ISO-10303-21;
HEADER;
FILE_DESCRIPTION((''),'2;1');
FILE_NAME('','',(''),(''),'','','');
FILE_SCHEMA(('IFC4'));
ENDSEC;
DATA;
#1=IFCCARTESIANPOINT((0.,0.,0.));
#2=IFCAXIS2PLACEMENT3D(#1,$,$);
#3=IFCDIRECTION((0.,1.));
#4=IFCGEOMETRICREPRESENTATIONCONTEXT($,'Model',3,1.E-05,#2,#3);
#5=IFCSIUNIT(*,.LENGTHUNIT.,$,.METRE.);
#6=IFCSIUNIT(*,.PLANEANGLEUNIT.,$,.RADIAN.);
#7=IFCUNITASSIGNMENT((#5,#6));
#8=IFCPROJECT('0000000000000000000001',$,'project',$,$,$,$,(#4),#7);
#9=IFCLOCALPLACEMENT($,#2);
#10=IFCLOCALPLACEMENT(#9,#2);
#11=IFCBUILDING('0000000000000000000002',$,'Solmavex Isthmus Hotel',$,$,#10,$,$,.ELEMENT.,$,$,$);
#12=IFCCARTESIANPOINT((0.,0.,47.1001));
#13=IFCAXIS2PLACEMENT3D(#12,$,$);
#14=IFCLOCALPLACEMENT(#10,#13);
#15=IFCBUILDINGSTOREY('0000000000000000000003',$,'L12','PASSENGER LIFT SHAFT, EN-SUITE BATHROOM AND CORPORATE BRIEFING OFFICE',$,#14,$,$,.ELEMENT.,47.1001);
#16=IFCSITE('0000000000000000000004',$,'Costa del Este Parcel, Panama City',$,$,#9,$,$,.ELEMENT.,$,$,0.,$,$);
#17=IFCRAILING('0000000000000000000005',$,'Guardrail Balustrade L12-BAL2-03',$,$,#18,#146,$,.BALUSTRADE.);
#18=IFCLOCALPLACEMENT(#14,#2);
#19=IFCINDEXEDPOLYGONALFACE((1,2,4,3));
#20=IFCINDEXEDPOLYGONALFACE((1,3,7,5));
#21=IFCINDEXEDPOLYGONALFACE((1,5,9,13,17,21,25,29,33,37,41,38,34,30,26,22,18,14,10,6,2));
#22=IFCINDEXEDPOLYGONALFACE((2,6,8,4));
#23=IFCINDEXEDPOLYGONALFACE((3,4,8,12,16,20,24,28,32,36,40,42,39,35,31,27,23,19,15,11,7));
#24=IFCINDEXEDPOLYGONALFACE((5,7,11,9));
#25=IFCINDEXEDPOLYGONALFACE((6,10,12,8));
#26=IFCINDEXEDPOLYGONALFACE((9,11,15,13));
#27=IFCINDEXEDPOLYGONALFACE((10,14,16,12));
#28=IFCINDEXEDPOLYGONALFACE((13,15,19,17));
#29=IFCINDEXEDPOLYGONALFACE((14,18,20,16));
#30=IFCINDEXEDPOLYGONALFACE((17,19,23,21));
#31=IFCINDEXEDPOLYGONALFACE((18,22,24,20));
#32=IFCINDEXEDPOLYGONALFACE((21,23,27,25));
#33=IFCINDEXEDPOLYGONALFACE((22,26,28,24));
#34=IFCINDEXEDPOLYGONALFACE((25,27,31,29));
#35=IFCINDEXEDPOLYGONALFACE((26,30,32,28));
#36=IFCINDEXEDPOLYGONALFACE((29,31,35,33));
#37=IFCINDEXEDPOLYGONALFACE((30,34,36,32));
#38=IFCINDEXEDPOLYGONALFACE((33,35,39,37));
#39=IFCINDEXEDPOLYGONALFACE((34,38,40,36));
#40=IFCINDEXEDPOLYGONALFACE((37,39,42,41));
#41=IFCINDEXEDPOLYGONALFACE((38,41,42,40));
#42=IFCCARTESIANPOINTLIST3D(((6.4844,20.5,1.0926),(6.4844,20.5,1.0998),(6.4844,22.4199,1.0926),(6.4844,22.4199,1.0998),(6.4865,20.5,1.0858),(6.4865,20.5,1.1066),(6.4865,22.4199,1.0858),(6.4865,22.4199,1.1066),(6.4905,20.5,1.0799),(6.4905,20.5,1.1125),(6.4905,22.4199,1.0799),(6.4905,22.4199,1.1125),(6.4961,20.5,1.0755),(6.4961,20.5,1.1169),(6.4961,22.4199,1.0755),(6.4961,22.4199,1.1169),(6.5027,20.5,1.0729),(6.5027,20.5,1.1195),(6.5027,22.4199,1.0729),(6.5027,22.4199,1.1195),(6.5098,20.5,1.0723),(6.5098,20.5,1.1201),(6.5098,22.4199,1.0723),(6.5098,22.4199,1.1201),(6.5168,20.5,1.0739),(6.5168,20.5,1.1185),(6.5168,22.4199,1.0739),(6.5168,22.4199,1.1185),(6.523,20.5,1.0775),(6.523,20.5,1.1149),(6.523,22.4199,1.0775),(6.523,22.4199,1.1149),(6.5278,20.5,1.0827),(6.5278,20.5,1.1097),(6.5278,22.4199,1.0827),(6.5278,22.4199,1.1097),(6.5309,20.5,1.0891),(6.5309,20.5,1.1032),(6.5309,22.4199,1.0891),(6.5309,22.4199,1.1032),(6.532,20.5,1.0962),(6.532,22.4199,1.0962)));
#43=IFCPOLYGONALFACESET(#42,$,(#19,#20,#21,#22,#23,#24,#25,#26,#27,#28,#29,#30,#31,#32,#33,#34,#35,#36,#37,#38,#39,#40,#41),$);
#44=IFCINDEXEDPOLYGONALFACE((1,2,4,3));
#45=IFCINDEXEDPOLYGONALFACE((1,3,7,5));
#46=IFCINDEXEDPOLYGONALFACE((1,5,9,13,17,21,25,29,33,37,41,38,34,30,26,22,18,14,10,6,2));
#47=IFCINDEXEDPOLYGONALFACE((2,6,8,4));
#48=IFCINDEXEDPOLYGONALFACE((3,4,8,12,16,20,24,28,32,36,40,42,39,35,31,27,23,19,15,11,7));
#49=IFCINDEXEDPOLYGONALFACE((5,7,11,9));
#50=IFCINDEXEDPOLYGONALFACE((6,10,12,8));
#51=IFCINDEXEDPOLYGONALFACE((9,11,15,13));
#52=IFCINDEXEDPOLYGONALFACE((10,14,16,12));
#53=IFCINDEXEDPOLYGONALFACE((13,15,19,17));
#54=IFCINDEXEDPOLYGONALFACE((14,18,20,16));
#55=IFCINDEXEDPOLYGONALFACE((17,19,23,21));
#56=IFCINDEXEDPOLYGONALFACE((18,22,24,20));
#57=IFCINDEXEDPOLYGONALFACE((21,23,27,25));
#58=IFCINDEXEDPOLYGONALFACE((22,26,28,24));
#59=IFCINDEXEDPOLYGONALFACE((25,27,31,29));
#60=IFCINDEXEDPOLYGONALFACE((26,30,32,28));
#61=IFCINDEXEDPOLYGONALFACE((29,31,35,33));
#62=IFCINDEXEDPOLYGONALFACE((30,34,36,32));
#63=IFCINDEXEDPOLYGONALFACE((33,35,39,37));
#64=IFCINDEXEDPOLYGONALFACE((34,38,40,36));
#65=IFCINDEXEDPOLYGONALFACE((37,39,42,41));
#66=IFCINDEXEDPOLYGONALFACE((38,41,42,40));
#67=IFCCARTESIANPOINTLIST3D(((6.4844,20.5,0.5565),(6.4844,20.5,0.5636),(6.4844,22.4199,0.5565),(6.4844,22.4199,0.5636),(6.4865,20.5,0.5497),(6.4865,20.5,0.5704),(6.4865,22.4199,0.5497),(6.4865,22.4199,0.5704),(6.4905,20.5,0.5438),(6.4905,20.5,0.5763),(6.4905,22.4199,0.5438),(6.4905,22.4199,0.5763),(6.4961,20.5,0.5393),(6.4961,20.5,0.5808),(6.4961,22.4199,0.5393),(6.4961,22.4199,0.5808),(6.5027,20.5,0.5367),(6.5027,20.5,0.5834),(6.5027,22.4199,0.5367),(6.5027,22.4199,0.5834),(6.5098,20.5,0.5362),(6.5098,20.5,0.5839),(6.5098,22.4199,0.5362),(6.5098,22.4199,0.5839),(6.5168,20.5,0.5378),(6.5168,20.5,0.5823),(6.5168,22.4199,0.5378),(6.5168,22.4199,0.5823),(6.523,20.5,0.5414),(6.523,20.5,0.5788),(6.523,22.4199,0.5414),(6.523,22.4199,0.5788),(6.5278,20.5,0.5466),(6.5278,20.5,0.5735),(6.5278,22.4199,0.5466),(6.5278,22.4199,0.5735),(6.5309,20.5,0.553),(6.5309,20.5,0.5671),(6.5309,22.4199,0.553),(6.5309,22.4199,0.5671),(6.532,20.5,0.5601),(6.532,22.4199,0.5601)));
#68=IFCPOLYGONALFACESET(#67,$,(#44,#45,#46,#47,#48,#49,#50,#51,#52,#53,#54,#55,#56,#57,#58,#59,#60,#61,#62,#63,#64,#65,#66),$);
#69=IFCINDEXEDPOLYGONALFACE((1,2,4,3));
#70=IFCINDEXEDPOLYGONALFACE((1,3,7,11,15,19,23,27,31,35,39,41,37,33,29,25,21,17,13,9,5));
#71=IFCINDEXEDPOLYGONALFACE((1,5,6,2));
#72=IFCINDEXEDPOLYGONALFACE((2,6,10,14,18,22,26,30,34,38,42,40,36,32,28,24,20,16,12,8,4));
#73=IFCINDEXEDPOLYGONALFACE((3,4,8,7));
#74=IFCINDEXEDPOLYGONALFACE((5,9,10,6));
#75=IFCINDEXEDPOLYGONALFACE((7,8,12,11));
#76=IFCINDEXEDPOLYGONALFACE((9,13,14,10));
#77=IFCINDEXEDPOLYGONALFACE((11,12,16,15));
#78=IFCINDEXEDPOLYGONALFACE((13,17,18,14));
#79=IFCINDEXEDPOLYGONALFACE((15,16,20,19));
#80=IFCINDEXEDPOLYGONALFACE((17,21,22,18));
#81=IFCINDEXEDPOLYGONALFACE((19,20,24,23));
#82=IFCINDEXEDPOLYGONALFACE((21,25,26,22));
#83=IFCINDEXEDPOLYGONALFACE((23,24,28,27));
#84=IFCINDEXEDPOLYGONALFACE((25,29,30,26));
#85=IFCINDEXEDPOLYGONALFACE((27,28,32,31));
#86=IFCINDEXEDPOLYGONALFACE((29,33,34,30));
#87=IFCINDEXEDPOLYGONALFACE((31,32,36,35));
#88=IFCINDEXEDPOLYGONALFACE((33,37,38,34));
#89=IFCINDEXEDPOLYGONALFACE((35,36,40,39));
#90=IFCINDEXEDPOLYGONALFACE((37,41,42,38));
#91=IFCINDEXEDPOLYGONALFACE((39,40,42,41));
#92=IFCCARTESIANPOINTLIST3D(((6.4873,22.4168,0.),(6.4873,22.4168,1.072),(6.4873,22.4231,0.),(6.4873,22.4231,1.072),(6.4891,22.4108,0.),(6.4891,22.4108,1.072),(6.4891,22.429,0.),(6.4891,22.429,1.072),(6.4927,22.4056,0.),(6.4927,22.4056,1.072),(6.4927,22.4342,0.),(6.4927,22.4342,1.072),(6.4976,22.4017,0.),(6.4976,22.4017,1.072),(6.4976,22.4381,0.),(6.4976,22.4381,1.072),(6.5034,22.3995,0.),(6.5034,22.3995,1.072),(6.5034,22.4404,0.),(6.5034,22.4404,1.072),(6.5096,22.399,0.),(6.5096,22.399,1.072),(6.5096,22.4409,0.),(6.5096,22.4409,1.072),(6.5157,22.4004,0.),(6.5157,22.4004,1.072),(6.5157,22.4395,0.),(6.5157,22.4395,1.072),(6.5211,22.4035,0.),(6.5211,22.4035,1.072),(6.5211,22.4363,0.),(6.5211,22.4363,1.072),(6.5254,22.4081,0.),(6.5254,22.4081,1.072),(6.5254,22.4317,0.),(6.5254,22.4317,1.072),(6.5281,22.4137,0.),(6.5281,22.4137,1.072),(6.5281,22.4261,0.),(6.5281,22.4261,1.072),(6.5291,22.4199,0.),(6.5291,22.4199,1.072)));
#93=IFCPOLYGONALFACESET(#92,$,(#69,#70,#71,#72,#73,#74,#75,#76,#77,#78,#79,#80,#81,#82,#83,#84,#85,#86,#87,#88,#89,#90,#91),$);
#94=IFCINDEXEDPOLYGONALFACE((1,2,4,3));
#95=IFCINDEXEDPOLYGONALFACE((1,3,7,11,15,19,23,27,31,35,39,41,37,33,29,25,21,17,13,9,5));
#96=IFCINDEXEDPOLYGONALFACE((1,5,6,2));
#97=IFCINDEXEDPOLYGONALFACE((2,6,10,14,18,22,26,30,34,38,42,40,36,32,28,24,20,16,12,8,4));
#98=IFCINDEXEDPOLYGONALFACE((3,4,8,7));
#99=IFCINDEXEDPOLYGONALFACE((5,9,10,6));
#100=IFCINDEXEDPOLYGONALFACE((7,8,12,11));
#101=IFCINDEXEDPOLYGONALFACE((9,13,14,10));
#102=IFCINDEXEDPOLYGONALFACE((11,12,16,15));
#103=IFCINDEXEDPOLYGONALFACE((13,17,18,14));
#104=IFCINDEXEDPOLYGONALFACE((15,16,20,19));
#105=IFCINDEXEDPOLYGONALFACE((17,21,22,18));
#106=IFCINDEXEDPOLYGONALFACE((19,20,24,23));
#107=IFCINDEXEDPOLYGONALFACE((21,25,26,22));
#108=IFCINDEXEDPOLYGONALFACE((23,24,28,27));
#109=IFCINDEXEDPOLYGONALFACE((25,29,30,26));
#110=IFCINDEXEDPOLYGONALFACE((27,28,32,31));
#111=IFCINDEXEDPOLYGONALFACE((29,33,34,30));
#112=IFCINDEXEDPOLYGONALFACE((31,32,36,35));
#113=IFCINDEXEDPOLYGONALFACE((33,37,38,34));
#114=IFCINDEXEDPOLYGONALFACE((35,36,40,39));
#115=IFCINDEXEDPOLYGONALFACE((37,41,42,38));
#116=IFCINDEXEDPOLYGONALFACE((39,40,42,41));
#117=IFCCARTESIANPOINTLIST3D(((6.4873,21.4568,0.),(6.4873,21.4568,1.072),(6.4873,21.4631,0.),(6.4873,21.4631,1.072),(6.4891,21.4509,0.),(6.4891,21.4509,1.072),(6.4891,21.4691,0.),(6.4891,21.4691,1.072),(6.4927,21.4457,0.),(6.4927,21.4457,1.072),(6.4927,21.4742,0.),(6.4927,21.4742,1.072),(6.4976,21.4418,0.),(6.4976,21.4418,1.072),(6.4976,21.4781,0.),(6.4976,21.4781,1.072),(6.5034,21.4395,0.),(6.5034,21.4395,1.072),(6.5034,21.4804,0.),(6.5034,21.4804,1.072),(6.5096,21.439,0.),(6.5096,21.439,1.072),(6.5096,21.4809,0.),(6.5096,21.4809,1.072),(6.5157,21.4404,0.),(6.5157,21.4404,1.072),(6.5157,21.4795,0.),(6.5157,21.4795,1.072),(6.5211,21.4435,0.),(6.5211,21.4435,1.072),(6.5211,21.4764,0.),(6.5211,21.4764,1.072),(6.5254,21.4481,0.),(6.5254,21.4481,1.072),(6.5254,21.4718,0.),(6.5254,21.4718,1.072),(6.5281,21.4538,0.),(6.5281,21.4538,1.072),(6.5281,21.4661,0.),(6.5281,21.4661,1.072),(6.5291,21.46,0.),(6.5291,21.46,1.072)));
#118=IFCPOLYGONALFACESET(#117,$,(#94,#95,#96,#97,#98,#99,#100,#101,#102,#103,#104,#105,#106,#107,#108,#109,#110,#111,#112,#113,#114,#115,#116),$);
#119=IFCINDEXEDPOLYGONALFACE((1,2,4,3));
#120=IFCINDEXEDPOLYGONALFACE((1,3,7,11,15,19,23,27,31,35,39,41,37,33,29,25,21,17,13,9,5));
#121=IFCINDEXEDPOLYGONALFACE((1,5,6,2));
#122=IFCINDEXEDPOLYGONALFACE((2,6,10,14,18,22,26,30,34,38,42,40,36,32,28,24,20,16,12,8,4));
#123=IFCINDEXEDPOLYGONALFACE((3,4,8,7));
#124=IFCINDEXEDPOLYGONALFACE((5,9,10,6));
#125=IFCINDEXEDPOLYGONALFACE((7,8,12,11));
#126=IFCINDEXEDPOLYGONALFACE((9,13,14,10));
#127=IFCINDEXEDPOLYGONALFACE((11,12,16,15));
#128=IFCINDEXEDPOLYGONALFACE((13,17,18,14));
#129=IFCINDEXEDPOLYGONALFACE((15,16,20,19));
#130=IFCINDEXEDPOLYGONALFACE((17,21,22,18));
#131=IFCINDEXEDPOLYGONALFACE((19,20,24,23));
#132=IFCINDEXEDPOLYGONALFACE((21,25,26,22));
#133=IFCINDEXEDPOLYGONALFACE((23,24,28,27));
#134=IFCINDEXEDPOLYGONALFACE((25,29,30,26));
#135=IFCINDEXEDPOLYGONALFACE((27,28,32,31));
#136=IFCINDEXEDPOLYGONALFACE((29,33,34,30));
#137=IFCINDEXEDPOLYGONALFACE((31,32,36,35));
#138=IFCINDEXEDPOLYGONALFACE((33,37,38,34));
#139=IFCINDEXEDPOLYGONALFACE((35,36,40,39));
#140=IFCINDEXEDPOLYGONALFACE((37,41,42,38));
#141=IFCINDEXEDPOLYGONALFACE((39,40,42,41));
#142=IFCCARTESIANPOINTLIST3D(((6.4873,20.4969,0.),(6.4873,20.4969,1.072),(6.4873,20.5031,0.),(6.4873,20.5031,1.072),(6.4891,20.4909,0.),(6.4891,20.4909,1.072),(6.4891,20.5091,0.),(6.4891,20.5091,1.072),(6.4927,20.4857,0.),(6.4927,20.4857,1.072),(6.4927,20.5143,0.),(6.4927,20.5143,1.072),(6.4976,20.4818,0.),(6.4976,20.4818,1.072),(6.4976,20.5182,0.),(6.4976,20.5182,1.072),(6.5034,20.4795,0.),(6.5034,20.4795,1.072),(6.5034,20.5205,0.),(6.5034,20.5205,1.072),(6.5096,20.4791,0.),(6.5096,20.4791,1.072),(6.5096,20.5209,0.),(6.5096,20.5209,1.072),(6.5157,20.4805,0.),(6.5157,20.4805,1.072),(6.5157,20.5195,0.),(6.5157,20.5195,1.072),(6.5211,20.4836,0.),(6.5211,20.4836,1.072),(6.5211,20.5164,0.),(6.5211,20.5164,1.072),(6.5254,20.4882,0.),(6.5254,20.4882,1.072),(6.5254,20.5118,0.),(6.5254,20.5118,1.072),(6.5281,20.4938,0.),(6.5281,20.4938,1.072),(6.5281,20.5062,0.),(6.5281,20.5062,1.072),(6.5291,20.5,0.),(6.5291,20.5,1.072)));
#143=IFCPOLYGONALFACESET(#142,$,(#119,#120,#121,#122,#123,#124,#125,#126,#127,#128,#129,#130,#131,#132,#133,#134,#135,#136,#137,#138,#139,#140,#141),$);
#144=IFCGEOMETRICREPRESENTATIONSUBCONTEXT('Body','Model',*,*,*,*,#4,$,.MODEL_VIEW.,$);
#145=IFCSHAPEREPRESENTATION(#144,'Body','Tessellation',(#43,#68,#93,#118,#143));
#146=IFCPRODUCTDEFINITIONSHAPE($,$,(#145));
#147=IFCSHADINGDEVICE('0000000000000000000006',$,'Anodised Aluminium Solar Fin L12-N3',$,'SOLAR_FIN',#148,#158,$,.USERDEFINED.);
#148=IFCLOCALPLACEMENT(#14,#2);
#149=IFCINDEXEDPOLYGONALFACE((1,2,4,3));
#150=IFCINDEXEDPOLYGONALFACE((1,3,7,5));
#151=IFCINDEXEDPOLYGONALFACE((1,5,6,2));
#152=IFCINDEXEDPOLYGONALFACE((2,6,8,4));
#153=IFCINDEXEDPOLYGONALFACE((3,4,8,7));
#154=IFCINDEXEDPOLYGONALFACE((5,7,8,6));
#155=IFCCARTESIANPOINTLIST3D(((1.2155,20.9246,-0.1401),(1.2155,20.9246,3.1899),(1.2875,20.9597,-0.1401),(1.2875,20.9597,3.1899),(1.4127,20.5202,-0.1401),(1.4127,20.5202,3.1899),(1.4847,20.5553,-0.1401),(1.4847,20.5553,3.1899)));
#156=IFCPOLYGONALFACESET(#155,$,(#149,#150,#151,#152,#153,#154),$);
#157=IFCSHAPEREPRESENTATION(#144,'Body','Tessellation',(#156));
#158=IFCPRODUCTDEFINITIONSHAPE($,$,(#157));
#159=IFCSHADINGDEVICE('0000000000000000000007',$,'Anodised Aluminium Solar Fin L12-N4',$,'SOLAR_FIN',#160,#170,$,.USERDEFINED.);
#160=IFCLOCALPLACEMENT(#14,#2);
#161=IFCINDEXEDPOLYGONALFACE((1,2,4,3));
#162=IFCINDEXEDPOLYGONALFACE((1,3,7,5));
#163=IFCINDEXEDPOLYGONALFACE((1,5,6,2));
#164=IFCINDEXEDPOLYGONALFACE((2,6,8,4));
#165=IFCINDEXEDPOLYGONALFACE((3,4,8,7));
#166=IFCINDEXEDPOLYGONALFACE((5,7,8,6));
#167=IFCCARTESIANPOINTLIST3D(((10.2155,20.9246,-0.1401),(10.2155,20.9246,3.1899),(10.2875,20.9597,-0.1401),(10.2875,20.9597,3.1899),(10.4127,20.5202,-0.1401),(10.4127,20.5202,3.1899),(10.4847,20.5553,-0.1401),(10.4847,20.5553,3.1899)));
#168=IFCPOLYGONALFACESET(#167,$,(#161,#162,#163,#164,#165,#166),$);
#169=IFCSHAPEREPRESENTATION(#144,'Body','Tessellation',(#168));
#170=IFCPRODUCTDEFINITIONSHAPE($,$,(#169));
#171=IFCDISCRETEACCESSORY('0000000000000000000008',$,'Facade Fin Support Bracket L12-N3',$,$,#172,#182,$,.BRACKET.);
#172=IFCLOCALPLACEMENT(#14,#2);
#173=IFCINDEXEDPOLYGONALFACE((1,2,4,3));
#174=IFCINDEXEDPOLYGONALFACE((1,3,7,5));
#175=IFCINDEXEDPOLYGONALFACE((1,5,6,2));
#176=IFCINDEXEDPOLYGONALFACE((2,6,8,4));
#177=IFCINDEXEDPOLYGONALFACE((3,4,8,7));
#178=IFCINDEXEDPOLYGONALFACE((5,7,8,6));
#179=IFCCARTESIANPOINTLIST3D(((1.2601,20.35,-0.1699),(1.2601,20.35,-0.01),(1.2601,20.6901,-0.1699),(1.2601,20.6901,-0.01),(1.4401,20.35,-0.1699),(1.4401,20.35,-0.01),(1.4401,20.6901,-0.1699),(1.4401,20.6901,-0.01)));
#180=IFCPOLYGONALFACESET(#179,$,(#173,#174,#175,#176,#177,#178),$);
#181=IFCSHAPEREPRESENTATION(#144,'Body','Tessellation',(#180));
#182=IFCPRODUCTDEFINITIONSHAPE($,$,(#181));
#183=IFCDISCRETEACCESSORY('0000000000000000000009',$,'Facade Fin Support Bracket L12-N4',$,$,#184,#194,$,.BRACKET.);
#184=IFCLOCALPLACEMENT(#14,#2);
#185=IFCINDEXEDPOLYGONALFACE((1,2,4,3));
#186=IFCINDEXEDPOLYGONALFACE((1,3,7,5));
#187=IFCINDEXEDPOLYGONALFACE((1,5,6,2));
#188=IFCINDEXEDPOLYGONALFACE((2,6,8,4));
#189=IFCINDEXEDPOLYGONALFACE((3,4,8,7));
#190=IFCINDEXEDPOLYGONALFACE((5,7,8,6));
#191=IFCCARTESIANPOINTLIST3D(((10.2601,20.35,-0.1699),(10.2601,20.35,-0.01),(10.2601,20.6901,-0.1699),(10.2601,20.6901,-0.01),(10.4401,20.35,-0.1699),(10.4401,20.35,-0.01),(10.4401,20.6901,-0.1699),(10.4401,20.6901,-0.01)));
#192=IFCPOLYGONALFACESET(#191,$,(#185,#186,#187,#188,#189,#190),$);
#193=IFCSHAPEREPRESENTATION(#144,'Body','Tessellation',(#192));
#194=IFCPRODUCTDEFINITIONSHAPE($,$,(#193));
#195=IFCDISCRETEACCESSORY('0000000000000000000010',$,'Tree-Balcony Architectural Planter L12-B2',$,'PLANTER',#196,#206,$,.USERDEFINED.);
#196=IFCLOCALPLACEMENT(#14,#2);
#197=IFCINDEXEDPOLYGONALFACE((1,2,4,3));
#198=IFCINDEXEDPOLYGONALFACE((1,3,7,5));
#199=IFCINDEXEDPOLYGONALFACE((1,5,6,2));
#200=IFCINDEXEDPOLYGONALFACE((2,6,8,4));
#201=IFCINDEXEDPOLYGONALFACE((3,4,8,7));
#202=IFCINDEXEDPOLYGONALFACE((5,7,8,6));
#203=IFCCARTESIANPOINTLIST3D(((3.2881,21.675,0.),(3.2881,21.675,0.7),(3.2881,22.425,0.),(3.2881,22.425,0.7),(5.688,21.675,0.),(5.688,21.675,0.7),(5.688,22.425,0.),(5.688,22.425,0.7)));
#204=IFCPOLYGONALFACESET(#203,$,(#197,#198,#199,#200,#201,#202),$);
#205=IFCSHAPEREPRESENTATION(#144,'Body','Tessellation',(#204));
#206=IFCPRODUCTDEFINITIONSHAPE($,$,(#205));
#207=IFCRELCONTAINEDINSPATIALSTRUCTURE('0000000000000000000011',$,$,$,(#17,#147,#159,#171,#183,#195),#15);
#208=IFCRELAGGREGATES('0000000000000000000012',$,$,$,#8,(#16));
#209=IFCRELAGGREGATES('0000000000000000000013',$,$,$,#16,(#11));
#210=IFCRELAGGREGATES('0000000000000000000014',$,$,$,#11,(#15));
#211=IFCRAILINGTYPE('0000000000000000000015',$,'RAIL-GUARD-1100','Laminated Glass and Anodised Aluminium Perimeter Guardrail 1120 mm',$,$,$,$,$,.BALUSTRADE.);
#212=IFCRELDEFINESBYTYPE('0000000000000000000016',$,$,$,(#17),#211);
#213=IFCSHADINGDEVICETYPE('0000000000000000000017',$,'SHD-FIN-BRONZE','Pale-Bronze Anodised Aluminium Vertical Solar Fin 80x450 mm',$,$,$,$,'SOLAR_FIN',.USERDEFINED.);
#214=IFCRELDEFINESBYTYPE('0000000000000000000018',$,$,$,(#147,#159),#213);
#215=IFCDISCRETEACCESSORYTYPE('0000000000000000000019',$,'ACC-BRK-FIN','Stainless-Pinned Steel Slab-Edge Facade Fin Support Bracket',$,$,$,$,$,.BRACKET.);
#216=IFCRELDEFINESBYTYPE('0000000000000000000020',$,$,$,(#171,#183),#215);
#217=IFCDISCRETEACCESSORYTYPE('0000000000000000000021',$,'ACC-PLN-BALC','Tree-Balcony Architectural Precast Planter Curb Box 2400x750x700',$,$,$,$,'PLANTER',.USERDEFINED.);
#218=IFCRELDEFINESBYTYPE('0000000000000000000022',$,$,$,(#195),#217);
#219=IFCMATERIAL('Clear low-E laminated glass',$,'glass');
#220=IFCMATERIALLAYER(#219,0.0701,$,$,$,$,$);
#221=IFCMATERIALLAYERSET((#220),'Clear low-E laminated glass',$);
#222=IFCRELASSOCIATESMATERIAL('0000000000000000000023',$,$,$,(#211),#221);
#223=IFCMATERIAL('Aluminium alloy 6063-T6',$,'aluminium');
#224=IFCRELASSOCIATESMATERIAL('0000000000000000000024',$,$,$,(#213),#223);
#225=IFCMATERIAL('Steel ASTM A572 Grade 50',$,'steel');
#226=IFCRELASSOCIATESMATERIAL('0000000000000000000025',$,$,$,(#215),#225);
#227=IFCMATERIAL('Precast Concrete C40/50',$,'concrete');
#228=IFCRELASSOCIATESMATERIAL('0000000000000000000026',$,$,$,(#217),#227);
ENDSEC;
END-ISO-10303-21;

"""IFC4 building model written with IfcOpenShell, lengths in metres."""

from ifc_helpers import new_model, si_unit, direction, frame, origin, origin_2d, place, context, subcontext, project, spatial, rectangle, circle, extrude, material, layer, layer_set, type_object, element, save


model = new_model("IFC4")

# Units and contexts
model_context = context("Model", 3, precision=1e-05, world=origin(), true_north=direction((0.0, 1.0)))
body_context = subcontext(model_context, "Body", "Model", "MODEL_VIEW")
ifc_project = project(units=[si_unit("LENGTHUNIT", "METRE"), si_unit("PLANEANGLEUNIT", "RADIAN")], contexts=[model_context])

# Site, building, storey
site_placement = place(None, origin())
site = spatial("IfcSite", under=ifc_project, at=site_placement, Name="Costa del Este Parcel, Panama City", CompositionType="ELEMENT", RefElevation=0.0)
building_placement = place(site_placement, origin())
building = spatial("IfcBuilding", under=site, at=building_placement, Name="Solmavex Isthmus Hotel", CompositionType="ELEMENT")
storey_placement = place(building_placement, frame((0.0, 0.0, 47.1001)))
storey = spatial("IfcBuildingStorey", under=building, at=storey_placement, Name="L12", Description="PASSENGER LIFT SHAFT, EN-SUITE BATHROOM AND CORPORATE BRIEFING OFFICE", CompositionType="ELEMENT", Elevation=47.1001)

# Shared definitions
ifc_material_1 = material(Name="Aluminium alloy 6063-T6", Category="aluminium")

# Shared definitions
ifc_material_2 = material(Name="Clear low-E laminated glass", Category="glass")

# Shared definitions
ifc_material_3 = material(Name="Precast Concrete C40/50", Category="concrete")

# Railing
ifc_layer_1 = layer(ifc_material_2, 0.0701)
ifc_layer_set_1 = layer_set([ifc_layer_1], Name="Clear low-E laminated glass")
railing_type = type_object("IfcRailingType", Name="RAIL-GUARD-1100", Description="Laminated Glass and Anodised Aluminium Perimeter Guardrail 1120 mm", PredefinedType="BALUSTRADE", material=ifc_layer_set_1)
railing_1_placement = place(storey_placement, frame((6.5081, 22.4199, 0.0)))
element("IfcRailing", 1, at=railing_1_placement, inside=storey, type_object=railing_type, Name="Guardrail Balustrade L12-BAL2-03", PredefinedType="BALUSTRADE", context=body_context, shape_type="SweptSolid", body=[
    extrude(circle(Radius=0.0239, at=origin_2d()), frame((0.0, 0.0, 1.0962), z_axis=(0.0, -1.0, 0.0), x_axis=(1.0, 0.0, 0.0)), (0.0, 0.0, 1.0), 1.9199),
    extrude(circle(Radius=0.0239, at=origin_2d()), frame((0.0, 0.0, 0.5601), z_axis=(0.0, -1.0, 0.0), x_axis=(1.0, 0.0, 0.0)), (0.0, 0.0, 1.0), 1.9199),
    extrude(circle(Radius=0.021, at=origin_2d()), origin(), (0.0, 0.0, 1.0), 1.072),
    extrude(circle(Radius=0.021, at=origin_2d()), frame((0.0, -0.96, 0.0)), (0.0, 0.0, 1.0), 1.072),
    extrude(circle(Radius=0.021, at=origin_2d()), frame((0.0, -1.9199, 0.0)), (0.0, 0.0, 1.0), 1.072),
])

# Shading devices
shading_device_type = type_object("IfcShadingDeviceType", Name="SHD-FIN-BRONZE", Description="Pale-Bronze Anodised Aluminium Vertical Solar Fin 80x450 mm", ElementType="SOLAR_FIN", PredefinedType="USERDEFINED", material=ifc_material_1)
for number, where, z_axis, x_axis, name in (
    (2, (1.3501, 20.74, -0.1401), (0.0, 0.0, 1.0), (-0.438371, 0.898794, 0.0), "Anodised Aluminium Solar Fin L12-N3"),
    (3, (10.3501, 20.74, -0.1401), (0.0, 0.0, 1.0), (-0.438371, 0.898794, 0.0), "Anodised Aluminium Solar Fin L12-N4"),
):
    element("IfcShadingDevice", number, at=place(storey_placement, frame(where, z_axis=z_axis, x_axis=x_axis)), inside=storey, type_object=shading_device_type, Name=name, ObjectType="SOLAR_FIN", PredefinedType="USERDEFINED", context=body_context, shape_type="SweptSolid", body=[
        extrude(rectangle(XDim=0.45, YDim=0.0801, at=origin_2d()), origin(), (0.0, 0.0, 1.0), 3.3301),
    ])

# Discrete accessories
ifc_material_4 = material(Name="Steel ASTM A572 Grade 50", Category="steel")
discrete_accessory_type_1 = type_object("IfcDiscreteAccessoryType", Name="ACC-BRK-FIN", Description="Stainless-Pinned Steel Slab-Edge Facade Fin Support Bracket", PredefinedType="BRACKET", material=ifc_material_4)
for number, where, z_axis, x_axis, name in (
    (4, (1.3501, 20.52, -0.1699), (0.0, 0.0, 1.0), (0.0, 1.0, 0.0), "Facade Fin Support Bracket L12-N3"),
    (5, (10.3501, 20.52, -0.1699), (0.0, 0.0, 1.0), (0.0, 1.0, 0.0), "Facade Fin Support Bracket L12-N4"),
):
    element("IfcDiscreteAccessory", number, at=place(storey_placement, frame(where, z_axis=z_axis, x_axis=x_axis)), inside=storey, type_object=discrete_accessory_type_1, Name=name, PredefinedType="BRACKET", context=body_context, shape_type="SweptSolid", body=[
        extrude(rectangle(XDim=0.3401, YDim=0.1799, at=origin_2d()), origin(), (0.0, 0.0, 1.0), 0.1599),
    ])
discrete_accessory_type_2 = type_object("IfcDiscreteAccessoryType", Name="ACC-PLN-BALC", Description="Tree-Balcony Architectural Precast Planter Curb Box 2400x750x700", ElementType="PLANTER", PredefinedType="USERDEFINED", material=ifc_material_3)
discrete_accessory_placement = place(storey_placement, frame((4.488, 22.05, 0.0), z_axis=(0.0, 0.0, 1.0), x_axis=(1.0, 0.0, 0.0)))
element("IfcDiscreteAccessory", 6, at=discrete_accessory_placement, inside=storey, type_object=discrete_accessory_type_2, Name="Tree-Balcony Architectural Planter L12-B2", ObjectType="PLANTER", PredefinedType="USERDEFINED", context=body_context, shape_type="SweptSolid", body=[
    extrude(rectangle(XDim=2.3999, YDim=0.75, at=origin_2d()), origin(), (0.0, 0.0, 1.0), 0.7),
])

save(model, "model.ifc")
